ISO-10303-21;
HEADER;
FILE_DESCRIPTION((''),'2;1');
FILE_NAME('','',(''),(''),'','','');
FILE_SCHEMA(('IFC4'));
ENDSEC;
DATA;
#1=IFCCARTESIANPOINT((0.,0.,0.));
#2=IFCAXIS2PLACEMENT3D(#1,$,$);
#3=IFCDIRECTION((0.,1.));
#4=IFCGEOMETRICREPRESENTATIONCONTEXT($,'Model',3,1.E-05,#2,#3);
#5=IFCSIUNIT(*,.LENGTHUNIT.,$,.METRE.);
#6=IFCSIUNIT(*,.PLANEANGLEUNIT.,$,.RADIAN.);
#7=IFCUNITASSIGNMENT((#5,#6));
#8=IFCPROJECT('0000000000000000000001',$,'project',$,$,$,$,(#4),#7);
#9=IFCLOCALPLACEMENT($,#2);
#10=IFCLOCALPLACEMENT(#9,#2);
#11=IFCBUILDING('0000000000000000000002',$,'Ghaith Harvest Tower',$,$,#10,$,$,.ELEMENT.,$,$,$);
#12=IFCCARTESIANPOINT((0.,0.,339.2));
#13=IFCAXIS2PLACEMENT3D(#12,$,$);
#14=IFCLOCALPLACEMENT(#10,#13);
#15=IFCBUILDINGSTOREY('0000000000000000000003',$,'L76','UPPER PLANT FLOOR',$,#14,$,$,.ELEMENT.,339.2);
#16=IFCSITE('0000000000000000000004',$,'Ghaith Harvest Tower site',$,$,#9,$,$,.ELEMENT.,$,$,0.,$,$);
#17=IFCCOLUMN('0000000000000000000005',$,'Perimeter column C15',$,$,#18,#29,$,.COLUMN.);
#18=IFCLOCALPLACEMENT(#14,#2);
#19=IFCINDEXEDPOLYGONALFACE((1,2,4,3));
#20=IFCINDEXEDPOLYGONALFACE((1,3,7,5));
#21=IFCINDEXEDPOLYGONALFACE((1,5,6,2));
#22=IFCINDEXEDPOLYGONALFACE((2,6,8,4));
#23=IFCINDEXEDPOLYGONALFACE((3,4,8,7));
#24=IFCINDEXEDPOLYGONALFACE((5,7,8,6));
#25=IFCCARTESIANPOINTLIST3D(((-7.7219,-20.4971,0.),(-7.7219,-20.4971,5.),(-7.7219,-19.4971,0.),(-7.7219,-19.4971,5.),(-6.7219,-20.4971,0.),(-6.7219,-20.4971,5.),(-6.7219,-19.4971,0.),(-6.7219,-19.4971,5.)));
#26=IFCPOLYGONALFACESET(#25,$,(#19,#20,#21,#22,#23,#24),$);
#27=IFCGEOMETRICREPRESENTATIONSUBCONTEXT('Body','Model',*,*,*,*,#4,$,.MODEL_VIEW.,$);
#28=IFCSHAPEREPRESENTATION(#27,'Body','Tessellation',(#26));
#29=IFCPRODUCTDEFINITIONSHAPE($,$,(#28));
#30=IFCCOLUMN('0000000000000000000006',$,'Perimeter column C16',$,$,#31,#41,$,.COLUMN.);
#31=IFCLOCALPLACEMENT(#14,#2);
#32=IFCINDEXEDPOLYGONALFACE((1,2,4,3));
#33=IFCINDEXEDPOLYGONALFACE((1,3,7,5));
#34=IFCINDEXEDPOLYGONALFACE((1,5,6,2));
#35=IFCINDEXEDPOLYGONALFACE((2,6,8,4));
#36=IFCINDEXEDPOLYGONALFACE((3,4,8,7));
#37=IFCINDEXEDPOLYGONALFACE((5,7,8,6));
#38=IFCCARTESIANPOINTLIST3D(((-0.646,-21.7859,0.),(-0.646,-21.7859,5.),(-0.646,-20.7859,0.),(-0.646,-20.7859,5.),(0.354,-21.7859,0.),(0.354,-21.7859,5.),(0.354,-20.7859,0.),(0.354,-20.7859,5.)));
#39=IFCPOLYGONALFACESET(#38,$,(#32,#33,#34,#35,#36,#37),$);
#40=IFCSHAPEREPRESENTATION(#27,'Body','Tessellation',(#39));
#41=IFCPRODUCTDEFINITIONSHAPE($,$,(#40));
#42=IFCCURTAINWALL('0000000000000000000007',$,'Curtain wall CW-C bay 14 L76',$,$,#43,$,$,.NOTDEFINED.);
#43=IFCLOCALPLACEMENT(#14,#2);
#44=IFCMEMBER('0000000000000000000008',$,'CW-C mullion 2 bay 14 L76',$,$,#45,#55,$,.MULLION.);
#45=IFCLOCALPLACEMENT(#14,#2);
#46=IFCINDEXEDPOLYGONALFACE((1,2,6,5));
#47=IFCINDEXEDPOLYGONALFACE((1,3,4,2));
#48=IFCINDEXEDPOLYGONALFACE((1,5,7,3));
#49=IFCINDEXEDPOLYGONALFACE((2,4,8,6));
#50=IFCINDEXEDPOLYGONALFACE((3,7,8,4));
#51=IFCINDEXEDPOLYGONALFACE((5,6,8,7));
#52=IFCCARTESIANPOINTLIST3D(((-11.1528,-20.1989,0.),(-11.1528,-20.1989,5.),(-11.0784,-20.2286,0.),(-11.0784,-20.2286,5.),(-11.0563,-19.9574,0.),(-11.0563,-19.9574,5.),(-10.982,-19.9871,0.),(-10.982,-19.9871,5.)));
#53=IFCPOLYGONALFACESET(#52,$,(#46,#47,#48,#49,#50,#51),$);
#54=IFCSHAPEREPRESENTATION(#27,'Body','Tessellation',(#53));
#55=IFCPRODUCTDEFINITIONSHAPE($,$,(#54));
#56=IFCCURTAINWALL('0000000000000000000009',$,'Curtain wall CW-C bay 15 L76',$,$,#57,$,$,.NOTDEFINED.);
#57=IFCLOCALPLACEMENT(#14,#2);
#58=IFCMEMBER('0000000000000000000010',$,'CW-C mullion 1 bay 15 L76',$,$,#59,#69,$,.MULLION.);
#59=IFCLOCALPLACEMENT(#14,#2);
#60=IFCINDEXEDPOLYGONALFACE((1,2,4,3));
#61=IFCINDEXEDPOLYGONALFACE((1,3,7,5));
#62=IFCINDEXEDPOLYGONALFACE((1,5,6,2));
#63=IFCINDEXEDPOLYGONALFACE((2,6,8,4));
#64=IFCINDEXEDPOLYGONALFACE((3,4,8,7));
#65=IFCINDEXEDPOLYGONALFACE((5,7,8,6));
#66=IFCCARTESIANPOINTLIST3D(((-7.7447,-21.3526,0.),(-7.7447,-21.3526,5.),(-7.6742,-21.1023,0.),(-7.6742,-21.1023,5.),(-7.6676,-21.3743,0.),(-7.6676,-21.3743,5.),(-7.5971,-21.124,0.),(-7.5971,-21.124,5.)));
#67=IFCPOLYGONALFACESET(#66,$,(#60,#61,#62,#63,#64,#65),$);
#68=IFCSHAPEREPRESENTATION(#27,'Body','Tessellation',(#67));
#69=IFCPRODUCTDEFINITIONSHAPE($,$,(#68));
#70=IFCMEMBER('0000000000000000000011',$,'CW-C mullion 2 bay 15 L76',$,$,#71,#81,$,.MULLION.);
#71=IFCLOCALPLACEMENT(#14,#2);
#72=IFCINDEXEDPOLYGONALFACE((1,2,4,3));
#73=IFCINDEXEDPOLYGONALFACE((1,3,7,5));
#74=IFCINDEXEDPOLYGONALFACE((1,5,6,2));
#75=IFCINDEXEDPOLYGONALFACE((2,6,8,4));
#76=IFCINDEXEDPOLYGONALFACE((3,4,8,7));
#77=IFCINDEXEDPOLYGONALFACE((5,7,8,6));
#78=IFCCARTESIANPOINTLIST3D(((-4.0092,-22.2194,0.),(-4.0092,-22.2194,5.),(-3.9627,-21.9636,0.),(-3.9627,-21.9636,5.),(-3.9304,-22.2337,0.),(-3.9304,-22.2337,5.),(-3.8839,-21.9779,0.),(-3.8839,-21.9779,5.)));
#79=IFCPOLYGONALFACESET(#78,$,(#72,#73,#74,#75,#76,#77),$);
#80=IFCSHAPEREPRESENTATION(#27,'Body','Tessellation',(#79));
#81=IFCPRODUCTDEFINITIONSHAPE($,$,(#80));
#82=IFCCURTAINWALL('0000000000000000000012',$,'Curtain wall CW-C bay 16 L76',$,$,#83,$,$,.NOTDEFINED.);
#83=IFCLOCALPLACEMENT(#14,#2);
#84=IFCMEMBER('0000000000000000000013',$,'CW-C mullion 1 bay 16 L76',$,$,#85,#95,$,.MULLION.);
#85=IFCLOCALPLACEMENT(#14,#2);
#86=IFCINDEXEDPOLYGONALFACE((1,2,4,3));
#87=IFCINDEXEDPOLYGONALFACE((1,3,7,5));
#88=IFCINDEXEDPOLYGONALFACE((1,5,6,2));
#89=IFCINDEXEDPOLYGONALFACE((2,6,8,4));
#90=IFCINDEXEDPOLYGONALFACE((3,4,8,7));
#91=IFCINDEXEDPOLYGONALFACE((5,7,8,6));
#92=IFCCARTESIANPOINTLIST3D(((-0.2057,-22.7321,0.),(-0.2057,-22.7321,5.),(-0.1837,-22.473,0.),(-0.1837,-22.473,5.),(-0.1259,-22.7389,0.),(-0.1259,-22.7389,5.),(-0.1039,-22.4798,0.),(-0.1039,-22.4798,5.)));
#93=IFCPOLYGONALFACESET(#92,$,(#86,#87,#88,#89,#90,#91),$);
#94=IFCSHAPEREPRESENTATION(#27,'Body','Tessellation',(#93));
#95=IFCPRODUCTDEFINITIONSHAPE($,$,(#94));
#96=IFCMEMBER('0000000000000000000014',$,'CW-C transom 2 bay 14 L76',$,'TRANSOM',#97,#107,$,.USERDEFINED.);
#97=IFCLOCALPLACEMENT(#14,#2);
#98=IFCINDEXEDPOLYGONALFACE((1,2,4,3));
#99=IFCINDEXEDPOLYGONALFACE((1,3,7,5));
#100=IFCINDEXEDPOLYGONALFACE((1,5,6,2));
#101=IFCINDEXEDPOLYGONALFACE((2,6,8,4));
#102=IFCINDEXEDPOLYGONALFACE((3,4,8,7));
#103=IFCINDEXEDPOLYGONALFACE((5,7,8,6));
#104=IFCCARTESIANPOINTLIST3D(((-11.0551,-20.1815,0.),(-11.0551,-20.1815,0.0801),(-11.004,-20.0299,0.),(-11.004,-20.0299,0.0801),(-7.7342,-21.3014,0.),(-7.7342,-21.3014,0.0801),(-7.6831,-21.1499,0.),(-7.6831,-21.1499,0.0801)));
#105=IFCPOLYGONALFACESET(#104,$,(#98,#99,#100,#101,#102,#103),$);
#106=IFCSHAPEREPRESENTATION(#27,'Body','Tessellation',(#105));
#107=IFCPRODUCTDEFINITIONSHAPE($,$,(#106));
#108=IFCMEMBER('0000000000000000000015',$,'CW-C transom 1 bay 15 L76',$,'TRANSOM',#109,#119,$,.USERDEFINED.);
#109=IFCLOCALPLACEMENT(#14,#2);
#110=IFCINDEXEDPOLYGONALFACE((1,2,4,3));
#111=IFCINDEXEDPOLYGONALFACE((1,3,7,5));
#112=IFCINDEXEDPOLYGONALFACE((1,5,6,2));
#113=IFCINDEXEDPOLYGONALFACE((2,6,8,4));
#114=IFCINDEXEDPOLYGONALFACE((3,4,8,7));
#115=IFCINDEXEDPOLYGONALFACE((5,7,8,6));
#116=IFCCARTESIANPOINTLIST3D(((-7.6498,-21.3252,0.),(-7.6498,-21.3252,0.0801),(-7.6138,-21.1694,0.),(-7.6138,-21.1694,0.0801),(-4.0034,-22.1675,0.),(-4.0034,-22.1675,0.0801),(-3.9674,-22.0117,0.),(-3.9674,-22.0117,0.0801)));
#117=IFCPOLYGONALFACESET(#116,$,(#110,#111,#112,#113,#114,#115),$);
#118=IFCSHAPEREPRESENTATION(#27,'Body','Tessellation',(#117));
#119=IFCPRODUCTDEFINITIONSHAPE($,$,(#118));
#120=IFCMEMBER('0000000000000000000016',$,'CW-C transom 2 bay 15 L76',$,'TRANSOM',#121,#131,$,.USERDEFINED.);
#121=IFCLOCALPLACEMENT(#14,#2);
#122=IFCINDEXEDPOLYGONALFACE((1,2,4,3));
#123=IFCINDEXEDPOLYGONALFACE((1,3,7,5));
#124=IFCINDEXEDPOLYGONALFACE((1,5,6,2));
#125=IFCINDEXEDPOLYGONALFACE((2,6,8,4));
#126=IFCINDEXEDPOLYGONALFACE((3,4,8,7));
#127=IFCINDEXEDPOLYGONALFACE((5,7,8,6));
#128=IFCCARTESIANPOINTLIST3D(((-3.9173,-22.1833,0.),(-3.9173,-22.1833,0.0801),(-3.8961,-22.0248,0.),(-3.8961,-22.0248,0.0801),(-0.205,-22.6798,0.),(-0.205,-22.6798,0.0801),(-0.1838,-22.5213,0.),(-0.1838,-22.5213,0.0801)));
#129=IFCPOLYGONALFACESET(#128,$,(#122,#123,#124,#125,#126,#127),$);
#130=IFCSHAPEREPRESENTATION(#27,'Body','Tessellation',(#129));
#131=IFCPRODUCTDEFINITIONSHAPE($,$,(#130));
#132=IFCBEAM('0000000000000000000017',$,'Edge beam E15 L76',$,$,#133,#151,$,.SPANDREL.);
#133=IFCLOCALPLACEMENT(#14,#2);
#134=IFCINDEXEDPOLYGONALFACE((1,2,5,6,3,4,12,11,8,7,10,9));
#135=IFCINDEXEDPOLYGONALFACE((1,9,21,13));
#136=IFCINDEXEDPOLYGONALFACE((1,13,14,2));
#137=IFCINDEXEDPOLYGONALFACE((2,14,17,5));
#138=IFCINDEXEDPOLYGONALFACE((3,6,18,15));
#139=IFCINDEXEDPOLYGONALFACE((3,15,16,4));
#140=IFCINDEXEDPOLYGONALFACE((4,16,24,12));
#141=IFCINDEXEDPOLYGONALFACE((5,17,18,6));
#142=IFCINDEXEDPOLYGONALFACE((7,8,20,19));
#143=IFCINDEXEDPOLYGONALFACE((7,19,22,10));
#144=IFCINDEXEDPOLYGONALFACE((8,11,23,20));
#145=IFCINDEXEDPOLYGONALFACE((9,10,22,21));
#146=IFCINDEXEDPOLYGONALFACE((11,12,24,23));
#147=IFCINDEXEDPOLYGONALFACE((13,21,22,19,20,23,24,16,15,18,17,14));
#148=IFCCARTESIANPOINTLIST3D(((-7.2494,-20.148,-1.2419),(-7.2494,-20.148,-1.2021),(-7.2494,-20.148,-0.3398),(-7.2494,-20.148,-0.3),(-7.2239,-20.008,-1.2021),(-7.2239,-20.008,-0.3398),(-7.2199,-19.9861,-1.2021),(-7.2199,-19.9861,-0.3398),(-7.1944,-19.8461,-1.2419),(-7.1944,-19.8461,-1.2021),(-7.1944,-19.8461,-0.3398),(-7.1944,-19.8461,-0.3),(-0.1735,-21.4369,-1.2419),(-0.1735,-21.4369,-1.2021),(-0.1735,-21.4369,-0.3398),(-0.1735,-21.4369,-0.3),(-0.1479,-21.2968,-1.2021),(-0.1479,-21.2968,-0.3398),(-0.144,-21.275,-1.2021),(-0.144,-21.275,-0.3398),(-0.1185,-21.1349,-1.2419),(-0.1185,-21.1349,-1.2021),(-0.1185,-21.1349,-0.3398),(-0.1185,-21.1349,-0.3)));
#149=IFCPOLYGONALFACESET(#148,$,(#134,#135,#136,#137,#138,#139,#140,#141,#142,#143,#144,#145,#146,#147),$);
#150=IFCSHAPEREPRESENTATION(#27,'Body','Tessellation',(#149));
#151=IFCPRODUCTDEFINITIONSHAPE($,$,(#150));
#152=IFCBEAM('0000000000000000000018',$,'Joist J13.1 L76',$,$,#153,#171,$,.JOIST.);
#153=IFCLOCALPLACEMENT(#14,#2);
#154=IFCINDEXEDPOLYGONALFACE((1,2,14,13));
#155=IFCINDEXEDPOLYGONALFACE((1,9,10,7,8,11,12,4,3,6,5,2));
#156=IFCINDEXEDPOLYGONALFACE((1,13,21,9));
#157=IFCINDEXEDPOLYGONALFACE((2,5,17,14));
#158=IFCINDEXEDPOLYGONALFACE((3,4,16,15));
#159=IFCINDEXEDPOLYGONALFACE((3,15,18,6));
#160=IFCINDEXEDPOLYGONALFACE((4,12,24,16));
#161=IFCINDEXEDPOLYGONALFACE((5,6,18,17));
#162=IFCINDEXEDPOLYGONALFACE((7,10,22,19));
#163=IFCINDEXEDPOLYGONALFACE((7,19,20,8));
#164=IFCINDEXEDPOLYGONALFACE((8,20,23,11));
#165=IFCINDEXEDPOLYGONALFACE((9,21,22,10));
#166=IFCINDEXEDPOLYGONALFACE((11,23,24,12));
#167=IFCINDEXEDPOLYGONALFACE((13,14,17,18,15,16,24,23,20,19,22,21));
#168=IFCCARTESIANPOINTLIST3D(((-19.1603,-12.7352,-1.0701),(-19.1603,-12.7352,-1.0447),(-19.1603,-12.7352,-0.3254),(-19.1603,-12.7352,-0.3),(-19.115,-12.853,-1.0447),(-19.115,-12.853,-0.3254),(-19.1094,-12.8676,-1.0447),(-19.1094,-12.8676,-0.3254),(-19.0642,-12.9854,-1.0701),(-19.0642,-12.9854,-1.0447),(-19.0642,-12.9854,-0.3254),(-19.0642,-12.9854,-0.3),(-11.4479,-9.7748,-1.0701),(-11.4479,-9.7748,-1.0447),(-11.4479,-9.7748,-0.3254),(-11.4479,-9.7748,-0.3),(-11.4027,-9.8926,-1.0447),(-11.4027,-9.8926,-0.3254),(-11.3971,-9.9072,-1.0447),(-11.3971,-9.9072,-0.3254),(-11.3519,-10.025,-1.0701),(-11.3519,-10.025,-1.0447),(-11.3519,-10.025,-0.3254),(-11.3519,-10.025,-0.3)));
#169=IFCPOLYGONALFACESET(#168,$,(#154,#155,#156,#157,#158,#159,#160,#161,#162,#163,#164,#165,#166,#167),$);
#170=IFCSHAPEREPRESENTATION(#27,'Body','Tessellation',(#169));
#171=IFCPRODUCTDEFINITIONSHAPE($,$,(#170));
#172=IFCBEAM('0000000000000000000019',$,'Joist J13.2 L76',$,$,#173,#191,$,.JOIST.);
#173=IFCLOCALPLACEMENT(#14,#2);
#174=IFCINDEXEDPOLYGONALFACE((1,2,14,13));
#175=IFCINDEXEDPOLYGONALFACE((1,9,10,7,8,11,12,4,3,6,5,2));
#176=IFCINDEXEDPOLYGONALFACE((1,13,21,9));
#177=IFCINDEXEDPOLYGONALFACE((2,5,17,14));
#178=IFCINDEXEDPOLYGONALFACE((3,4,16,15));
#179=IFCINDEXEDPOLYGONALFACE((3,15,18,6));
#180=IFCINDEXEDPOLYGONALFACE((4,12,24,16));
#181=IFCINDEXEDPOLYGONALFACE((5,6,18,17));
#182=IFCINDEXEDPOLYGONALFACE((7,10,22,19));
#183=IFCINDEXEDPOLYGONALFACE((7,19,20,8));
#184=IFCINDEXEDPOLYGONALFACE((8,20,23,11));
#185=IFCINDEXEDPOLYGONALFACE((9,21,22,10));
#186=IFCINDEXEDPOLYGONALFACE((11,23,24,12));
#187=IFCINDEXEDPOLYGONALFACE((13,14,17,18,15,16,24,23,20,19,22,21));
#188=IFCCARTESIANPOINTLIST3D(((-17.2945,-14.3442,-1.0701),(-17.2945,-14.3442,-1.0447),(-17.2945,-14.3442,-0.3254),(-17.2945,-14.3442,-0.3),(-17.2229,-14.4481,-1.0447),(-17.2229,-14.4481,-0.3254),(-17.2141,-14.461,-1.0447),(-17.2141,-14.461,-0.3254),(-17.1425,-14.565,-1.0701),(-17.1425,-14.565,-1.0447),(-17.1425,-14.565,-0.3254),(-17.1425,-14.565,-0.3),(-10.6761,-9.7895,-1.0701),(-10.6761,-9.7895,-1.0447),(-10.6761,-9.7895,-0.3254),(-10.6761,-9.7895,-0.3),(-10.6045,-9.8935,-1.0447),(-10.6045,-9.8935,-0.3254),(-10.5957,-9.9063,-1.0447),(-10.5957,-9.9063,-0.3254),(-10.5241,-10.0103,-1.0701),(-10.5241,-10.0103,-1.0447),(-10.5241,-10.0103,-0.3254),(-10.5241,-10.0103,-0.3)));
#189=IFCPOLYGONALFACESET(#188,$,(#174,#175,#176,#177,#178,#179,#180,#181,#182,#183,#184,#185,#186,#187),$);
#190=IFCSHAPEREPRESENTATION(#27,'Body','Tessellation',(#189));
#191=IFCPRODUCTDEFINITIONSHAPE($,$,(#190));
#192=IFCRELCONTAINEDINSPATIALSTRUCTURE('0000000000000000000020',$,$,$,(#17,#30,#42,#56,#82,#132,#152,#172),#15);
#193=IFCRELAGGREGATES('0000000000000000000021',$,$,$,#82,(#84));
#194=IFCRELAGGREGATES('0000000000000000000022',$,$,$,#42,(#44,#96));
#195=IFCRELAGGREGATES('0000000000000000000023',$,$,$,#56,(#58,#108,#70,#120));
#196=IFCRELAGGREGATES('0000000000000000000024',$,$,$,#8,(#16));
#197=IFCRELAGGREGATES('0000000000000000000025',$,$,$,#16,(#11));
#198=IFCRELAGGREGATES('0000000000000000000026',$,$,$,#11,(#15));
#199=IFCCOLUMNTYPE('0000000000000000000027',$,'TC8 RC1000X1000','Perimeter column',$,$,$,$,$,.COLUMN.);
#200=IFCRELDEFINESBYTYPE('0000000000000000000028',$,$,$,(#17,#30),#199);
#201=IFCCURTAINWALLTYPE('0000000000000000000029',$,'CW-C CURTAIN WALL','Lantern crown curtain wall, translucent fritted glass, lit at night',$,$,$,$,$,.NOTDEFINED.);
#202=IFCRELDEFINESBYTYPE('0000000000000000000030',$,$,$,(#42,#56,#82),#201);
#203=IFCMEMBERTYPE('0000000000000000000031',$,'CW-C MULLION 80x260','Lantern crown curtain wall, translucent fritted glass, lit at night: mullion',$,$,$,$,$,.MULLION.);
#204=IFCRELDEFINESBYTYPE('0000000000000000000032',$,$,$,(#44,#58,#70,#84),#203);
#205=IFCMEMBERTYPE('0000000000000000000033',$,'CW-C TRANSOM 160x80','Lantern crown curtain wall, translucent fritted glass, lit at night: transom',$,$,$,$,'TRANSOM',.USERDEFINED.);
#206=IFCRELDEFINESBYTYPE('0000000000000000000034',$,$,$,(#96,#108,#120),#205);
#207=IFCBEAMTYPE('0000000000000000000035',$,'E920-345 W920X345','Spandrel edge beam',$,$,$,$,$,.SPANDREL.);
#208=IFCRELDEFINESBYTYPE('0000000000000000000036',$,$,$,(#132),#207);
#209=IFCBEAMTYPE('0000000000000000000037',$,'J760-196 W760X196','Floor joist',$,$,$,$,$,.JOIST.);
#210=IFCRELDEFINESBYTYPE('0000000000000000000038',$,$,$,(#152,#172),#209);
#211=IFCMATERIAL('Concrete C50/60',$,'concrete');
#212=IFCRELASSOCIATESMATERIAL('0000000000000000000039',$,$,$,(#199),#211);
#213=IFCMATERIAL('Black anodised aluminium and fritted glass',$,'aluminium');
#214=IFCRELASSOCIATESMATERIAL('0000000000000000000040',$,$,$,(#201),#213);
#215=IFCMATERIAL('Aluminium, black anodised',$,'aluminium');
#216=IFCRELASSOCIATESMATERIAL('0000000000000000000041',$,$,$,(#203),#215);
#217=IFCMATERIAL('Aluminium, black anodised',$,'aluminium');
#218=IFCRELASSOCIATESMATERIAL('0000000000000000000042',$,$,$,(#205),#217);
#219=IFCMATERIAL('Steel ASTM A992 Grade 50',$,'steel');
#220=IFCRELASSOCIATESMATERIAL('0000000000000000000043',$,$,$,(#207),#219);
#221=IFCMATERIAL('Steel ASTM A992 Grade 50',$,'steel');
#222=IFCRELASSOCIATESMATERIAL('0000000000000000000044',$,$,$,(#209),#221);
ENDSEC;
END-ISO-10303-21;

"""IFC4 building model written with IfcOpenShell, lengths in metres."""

from ifc_helpers import new_model, si_unit, direction, frame, origin, origin_2d, place, context, subcontext, project, spatial, rectangle, i_section, extrude, material, material_profile, profile_set, type_object, element, aggregate, save


model = new_model("IFC4")

# Units and contexts
model_context = context("Model", 3, precision=1e-05, world=origin(), true_north=direction((0.0, 1.0)))
body_context = subcontext(model_context, "Body", "Model", "MODEL_VIEW")
ifc_project = project(units=[si_unit("LENGTHUNIT", "METRE"), si_unit("PLANEANGLEUNIT", "RADIAN")], contexts=[model_context])

# Site, building, storey
site_placement = place(None, origin())
site = spatial("IfcSite", under=ifc_project, at=site_placement, Name="Ghaith Harvest Tower site", CompositionType="ELEMENT", RefElevation=0.0)
building_placement = place(site_placement, origin())
building = spatial("IfcBuilding", under=site, at=building_placement, Name="Ghaith Harvest Tower", CompositionType="ELEMENT")
storey_placement = place(building_placement, frame((0.0, 0.0, 339.2)))
storey = spatial("IfcBuildingStorey", under=building, at=storey_placement, Name="L76", Description="UPPER PLANT FLOOR", CompositionType="ELEMENT", Elevation=339.2)

# Columns
ifc_material_1 = material(Name="Concrete C50/60", Category="concrete")
ifc_material_profile_1 = material_profile(ifc_material_1, rectangle(XDim=1.0, YDim=1.0, at=origin_2d()), Name="RC1000X1000")
ifc_profile_set_1 = profile_set([ifc_material_profile_1], Name="Concrete C50/60")
column_type = type_object("IfcColumnType", Name="TC8 RC1000X1000", Description="Perimeter column", PredefinedType="COLUMN", material=ifc_profile_set_1)
for number, where, z_axis, x_axis, name in (
    (1, (-7.2219, -19.9971, 0.0), (0.0, 0.0, 1.0), (1.0, 0.0, 0.0), "Perimeter column C15"),
    (2, (-0.146, -21.2859, 0.0), (0.0, 0.0, 1.0), (1.0, 0.0, 0.0), "Perimeter column C16"),
):
    element("IfcColumn", number, at=place(storey_placement, frame(where, z_axis=z_axis, x_axis=x_axis)), inside=storey, type_object=column_type, Name=name, PredefinedType="COLUMN", context=body_context, shape_type="SweptSolid", body=[
        extrude(rectangle(XDim=1.0, YDim=1.0, at=origin_2d()), origin(), (0.0, 0.0, 1.0), 5.0),
    ])

# Curtain wall, member
ifc_material_2 = material(Name="Black anodised aluminium and fritted glass", Category="aluminium")
curtain_wall_type = type_object("IfcCurtainWallType", Name="CW-C CURTAIN WALL", Description="Lantern crown curtain wall, translucent fritted glass, lit at night", PredefinedType="NOTDEFINED", material=ifc_material_2)
curtain_wall_1_placement = place(storey_placement, origin())
curtain_wall_1 = element("IfcCurtainWall", 3, at=curtain_wall_1_placement, inside=storey, type_object=curtain_wall_type, Name="Curtain wall CW-C bay 14 L76", PredefinedType="NOTDEFINED")
ifc_material_3 = material(Name="Aluminium, black anodised", Category="aluminium")
ifc_material_profile_2 = material_profile(ifc_material_3, rectangle(XDim=0.0801, YDim=0.26, at=origin_2d()), Name="CW-C MULLION 80x260")
ifc_profile_set_2 = profile_set([ifc_material_profile_2], Name="Aluminium, black anodised")
member_type_1 = type_object("IfcMemberType", Name="CW-C MULLION 80x260", Description="Lantern crown curtain wall, translucent fritted glass, lit at night: mullion", PredefinedType="MULLION", material=ifc_profile_set_2)
member_1_placement = place(storey_placement, frame((-11.0674, -20.093, 0.0), z_axis=(0.0, 0.0, 1.0), x_axis=(0.928624, -0.371021, 0.0)))
member_1 = element("IfcMember", 4, at=member_1_placement, type_object=member_type_1, Name="CW-C mullion 2 bay 14 L76", PredefinedType="MULLION", context=body_context, shape_type="SweptSolid", body=[
    extrude(rectangle(XDim=0.0801, YDim=0.26, at=origin_2d()), origin(), (0.0, 0.0, 1.0), 5.0),
])

# Curtain wall, members
curtain_wall_2_placement = place(storey_placement, origin())
curtain_wall_2 = element("IfcCurtainWall", 5, at=curtain_wall_2_placement, inside=storey, type_object=curtain_wall_type, Name="Curtain wall CW-C bay 15 L76", PredefinedType="NOTDEFINED")
member_2_placement = place(storey_placement, frame((-7.6709, -21.2383, 0.0), z_axis=(0.0, 0.0, 1.0), x_axis=(0.962552, -0.271095, 0.0)))
member_2 = element("IfcMember", 6, at=member_2_placement, type_object=member_type_1, Name="CW-C mullion 1 bay 15 L76", PredefinedType="MULLION", context=body_context, shape_type="SweptSolid", body=[
    extrude(rectangle(XDim=0.0801, YDim=0.26, at=origin_2d()), origin(), (0.0, 0.0, 1.0), 5.0),
])
member_3_placement = place(storey_placement, frame((-3.9465, -22.0986, 0.0), z_axis=(0.0, 0.0, 1.0), x_axis=(0.983843, -0.179031, 0.0)))
member_3 = element("IfcMember", 7, at=member_3_placement, type_object=member_type_1, Name="CW-C mullion 2 bay 15 L76", PredefinedType="MULLION", context=body_context, shape_type="SweptSolid", body=[
    extrude(rectangle(XDim=0.0801, YDim=0.26, at=origin_2d()), origin(), (0.0, 0.0, 1.0), 5.0),
])

# Curtain wall, member
curtain_wall_3_placement = place(storey_placement, origin())
curtain_wall_3 = element("IfcCurtainWall", 8, at=curtain_wall_3_placement, inside=storey, type_object=curtain_wall_type, Name="Curtain wall CW-C bay 16 L76", PredefinedType="NOTDEFINED")
member_4_placement = place(storey_placement, frame((-0.1548, -22.606, 0.0), z_axis=(0.0, 0.0, 1.0), x_axis=(0.996415, -0.084602, 0.0)))
member_4 = element("IfcMember", 9, at=member_4_placement, type_object=member_type_1, Name="CW-C mullion 1 bay 16 L76", PredefinedType="MULLION", context=body_context, shape_type="SweptSolid", body=[
    extrude(rectangle(XDim=0.0801, YDim=0.26, at=origin_2d()), origin(), (0.0, 0.0, 1.0), 5.0),
])
aggregate(curtain_wall_3, [member_4])

# Members
ifc_material_4 = material(Name="Aluminium, black anodised", Category="aluminium")
ifc_material_profile_3 = material_profile(ifc_material_4, rectangle(XDim=0.1599, YDim=0.0801, at=origin_2d()), Name="CW-C TRANSOM 160x80")
ifc_profile_set_3 = profile_set([ifc_material_profile_3], Name="Aluminium, black anodised")
member_type_2 = type_object("IfcMemberType", Name="CW-C TRANSOM 160x80", Description="Lantern crown curtain wall, translucent fritted glass, lit at night: transom", ElementType="TRANSOM", PredefinedType="USERDEFINED", material=ifc_profile_set_3)
member_5_placement = place(storey_placement, frame((-11.0295, -20.1057, 0.04), z_axis=(0.94757, -0.319549, 0.0), x_axis=(0.319549, 0.94757, 0.0)))
member_5 = element("IfcMember", 10, at=member_5_placement, type_object=member_type_2, Name="CW-C transom 2 bay 14 L76", ObjectType="TRANSOM", PredefinedType="USERDEFINED", context=body_context, shape_type="SweptSolid", body=[
    extrude(rectangle(XDim=0.1599, YDim=0.0801, at=origin_2d()), origin(), (0.0, 0.0, 1.0), 3.5046),
])
member_6_placement = place(storey_placement, frame((-7.6318, -21.2473, 0.04), z_axis=(0.974345, -0.22506, 0.0), x_axis=(0.22506, 0.974345, 0.0)))
member_6 = element("IfcMember", 11, at=member_6_placement, type_object=member_type_2, Name="CW-C transom 1 bay 15 L76", ObjectType="TRANSOM", PredefinedType="USERDEFINED", context=body_context, shape_type="SweptSolid", body=[
    extrude(rectangle(XDim=0.1599, YDim=0.0801, at=origin_2d()), origin(), (0.0, 0.0, 1.0), 3.7424),
])
member_7_placement = place(storey_placement, frame((-3.9067, -22.104, 0.04), z_axis=(0.991172, -0.132582, 0.0), x_axis=(0.132582, 0.991172, 0.0)))
member_7 = element("IfcMember", 12, at=member_7_placement, type_object=member_type_2, Name="CW-C transom 2 bay 15 L76", ObjectType="TRANSOM", PredefinedType="USERDEFINED", context=body_context, shape_type="SweptSolid", body=[
    extrude(rectangle(XDim=0.1599, YDim=0.0801, at=origin_2d()), origin(), (0.0, 0.0, 1.0), 3.7454),
])

# Beams
ifc_material_5 = material(Name="Steel ASTM A992 Grade 50", Category="steel")
ifc_material_profile_4 = material_profile(ifc_material_5, i_section(OverallWidth=0.3069, OverallDepth=0.9419, WebThickness=0.0222, FlangeThickness=0.0398, at=origin_2d()), Name="W920X345")
ifc_profile_set_4 = profile_set([ifc_material_profile_4], Name="Steel ASTM A992 Grade 50")
beam_type_1 = type_object("IfcBeamType", Name="E920-345 W920X345", Description="Spandrel edge beam", PredefinedType="SPANDREL", material=ifc_profile_set_4)
beam_1_placement = place(storey_placement, frame((-7.2219, -19.9971, -0.771), z_axis=(0.983814, -0.179193, 0.0), x_axis=(0.179193, 0.983814, 0.0)))
element("IfcBeam", 13, at=beam_1_placement, inside=storey, type_object=beam_type_1, Name="Edge beam E15 L76", PredefinedType="SPANDREL", context=body_context, shape_type="SweptSolid", body=[
    extrude(i_section(OverallWidth=0.3069, OverallDepth=0.9419, WebThickness=0.0222, FlangeThickness=0.0398, at=origin_2d()), origin(), (0.0, 0.0, 1.0), 7.1924),
])
ifc_material_6 = material(Name="Steel ASTM A992 Grade 50", Category="steel")
ifc_material_profile_5 = material_profile(ifc_material_6, i_section(OverallWidth=0.2681, OverallDepth=0.77, WebThickness=0.0156, FlangeThickness=0.0254, at=origin_2d()), Name="W760X196")
ifc_profile_set_5 = profile_set([ifc_material_profile_5], Name="Steel ASTM A992 Grade 50")
beam_type_2 = type_object("IfcBeamType", Name="J760-196 W760X196", Description="Floor joist", PredefinedType="JOIST", material=ifc_profile_set_5)
beam_2_placement = place(storey_placement, frame((-11.3999, -9.8999, -0.6851), z_axis=(-0.933583, -0.358361, 0.0), x_axis=(0.358361, -0.933583, 0.0)))
element("IfcBeam", 14, at=beam_2_placement, inside=storey, type_object=beam_type_2, Name="Joist J13.1 L76", PredefinedType="JOIST", context=body_context, shape_type="SweptSolid", body=[
    extrude(i_section(OverallWidth=0.2681, OverallDepth=0.77, WebThickness=0.0156, FlangeThickness=0.0254, at=origin_2d()), origin(), (0.0, 0.0, 1.0), 8.261),
])
beam_3_placement = place(storey_placement, frame((-10.6001, -9.8999, -0.6851), z_axis=(-0.823779, -0.566912, 0.0), x_axis=(0.566912, -0.823779, 0.0)))
element("IfcBeam", 15, at=beam_3_placement, inside=storey, type_object=beam_type_2, Name="Joist J13.2 L76", PredefinedType="JOIST", context=body_context, shape_type="SweptSolid", body=[
    extrude(i_section(OverallWidth=0.2681, OverallDepth=0.77, WebThickness=0.0156, FlangeThickness=0.0254, at=origin_2d()), origin(), (0.0, 0.0, 1.0), 8.0342),
])

aggregate(curtain_wall_1, [member_1, member_5])
aggregate(curtain_wall_2, [member_2, member_6, member_3, member_7])

save(model, "model.ifc")
